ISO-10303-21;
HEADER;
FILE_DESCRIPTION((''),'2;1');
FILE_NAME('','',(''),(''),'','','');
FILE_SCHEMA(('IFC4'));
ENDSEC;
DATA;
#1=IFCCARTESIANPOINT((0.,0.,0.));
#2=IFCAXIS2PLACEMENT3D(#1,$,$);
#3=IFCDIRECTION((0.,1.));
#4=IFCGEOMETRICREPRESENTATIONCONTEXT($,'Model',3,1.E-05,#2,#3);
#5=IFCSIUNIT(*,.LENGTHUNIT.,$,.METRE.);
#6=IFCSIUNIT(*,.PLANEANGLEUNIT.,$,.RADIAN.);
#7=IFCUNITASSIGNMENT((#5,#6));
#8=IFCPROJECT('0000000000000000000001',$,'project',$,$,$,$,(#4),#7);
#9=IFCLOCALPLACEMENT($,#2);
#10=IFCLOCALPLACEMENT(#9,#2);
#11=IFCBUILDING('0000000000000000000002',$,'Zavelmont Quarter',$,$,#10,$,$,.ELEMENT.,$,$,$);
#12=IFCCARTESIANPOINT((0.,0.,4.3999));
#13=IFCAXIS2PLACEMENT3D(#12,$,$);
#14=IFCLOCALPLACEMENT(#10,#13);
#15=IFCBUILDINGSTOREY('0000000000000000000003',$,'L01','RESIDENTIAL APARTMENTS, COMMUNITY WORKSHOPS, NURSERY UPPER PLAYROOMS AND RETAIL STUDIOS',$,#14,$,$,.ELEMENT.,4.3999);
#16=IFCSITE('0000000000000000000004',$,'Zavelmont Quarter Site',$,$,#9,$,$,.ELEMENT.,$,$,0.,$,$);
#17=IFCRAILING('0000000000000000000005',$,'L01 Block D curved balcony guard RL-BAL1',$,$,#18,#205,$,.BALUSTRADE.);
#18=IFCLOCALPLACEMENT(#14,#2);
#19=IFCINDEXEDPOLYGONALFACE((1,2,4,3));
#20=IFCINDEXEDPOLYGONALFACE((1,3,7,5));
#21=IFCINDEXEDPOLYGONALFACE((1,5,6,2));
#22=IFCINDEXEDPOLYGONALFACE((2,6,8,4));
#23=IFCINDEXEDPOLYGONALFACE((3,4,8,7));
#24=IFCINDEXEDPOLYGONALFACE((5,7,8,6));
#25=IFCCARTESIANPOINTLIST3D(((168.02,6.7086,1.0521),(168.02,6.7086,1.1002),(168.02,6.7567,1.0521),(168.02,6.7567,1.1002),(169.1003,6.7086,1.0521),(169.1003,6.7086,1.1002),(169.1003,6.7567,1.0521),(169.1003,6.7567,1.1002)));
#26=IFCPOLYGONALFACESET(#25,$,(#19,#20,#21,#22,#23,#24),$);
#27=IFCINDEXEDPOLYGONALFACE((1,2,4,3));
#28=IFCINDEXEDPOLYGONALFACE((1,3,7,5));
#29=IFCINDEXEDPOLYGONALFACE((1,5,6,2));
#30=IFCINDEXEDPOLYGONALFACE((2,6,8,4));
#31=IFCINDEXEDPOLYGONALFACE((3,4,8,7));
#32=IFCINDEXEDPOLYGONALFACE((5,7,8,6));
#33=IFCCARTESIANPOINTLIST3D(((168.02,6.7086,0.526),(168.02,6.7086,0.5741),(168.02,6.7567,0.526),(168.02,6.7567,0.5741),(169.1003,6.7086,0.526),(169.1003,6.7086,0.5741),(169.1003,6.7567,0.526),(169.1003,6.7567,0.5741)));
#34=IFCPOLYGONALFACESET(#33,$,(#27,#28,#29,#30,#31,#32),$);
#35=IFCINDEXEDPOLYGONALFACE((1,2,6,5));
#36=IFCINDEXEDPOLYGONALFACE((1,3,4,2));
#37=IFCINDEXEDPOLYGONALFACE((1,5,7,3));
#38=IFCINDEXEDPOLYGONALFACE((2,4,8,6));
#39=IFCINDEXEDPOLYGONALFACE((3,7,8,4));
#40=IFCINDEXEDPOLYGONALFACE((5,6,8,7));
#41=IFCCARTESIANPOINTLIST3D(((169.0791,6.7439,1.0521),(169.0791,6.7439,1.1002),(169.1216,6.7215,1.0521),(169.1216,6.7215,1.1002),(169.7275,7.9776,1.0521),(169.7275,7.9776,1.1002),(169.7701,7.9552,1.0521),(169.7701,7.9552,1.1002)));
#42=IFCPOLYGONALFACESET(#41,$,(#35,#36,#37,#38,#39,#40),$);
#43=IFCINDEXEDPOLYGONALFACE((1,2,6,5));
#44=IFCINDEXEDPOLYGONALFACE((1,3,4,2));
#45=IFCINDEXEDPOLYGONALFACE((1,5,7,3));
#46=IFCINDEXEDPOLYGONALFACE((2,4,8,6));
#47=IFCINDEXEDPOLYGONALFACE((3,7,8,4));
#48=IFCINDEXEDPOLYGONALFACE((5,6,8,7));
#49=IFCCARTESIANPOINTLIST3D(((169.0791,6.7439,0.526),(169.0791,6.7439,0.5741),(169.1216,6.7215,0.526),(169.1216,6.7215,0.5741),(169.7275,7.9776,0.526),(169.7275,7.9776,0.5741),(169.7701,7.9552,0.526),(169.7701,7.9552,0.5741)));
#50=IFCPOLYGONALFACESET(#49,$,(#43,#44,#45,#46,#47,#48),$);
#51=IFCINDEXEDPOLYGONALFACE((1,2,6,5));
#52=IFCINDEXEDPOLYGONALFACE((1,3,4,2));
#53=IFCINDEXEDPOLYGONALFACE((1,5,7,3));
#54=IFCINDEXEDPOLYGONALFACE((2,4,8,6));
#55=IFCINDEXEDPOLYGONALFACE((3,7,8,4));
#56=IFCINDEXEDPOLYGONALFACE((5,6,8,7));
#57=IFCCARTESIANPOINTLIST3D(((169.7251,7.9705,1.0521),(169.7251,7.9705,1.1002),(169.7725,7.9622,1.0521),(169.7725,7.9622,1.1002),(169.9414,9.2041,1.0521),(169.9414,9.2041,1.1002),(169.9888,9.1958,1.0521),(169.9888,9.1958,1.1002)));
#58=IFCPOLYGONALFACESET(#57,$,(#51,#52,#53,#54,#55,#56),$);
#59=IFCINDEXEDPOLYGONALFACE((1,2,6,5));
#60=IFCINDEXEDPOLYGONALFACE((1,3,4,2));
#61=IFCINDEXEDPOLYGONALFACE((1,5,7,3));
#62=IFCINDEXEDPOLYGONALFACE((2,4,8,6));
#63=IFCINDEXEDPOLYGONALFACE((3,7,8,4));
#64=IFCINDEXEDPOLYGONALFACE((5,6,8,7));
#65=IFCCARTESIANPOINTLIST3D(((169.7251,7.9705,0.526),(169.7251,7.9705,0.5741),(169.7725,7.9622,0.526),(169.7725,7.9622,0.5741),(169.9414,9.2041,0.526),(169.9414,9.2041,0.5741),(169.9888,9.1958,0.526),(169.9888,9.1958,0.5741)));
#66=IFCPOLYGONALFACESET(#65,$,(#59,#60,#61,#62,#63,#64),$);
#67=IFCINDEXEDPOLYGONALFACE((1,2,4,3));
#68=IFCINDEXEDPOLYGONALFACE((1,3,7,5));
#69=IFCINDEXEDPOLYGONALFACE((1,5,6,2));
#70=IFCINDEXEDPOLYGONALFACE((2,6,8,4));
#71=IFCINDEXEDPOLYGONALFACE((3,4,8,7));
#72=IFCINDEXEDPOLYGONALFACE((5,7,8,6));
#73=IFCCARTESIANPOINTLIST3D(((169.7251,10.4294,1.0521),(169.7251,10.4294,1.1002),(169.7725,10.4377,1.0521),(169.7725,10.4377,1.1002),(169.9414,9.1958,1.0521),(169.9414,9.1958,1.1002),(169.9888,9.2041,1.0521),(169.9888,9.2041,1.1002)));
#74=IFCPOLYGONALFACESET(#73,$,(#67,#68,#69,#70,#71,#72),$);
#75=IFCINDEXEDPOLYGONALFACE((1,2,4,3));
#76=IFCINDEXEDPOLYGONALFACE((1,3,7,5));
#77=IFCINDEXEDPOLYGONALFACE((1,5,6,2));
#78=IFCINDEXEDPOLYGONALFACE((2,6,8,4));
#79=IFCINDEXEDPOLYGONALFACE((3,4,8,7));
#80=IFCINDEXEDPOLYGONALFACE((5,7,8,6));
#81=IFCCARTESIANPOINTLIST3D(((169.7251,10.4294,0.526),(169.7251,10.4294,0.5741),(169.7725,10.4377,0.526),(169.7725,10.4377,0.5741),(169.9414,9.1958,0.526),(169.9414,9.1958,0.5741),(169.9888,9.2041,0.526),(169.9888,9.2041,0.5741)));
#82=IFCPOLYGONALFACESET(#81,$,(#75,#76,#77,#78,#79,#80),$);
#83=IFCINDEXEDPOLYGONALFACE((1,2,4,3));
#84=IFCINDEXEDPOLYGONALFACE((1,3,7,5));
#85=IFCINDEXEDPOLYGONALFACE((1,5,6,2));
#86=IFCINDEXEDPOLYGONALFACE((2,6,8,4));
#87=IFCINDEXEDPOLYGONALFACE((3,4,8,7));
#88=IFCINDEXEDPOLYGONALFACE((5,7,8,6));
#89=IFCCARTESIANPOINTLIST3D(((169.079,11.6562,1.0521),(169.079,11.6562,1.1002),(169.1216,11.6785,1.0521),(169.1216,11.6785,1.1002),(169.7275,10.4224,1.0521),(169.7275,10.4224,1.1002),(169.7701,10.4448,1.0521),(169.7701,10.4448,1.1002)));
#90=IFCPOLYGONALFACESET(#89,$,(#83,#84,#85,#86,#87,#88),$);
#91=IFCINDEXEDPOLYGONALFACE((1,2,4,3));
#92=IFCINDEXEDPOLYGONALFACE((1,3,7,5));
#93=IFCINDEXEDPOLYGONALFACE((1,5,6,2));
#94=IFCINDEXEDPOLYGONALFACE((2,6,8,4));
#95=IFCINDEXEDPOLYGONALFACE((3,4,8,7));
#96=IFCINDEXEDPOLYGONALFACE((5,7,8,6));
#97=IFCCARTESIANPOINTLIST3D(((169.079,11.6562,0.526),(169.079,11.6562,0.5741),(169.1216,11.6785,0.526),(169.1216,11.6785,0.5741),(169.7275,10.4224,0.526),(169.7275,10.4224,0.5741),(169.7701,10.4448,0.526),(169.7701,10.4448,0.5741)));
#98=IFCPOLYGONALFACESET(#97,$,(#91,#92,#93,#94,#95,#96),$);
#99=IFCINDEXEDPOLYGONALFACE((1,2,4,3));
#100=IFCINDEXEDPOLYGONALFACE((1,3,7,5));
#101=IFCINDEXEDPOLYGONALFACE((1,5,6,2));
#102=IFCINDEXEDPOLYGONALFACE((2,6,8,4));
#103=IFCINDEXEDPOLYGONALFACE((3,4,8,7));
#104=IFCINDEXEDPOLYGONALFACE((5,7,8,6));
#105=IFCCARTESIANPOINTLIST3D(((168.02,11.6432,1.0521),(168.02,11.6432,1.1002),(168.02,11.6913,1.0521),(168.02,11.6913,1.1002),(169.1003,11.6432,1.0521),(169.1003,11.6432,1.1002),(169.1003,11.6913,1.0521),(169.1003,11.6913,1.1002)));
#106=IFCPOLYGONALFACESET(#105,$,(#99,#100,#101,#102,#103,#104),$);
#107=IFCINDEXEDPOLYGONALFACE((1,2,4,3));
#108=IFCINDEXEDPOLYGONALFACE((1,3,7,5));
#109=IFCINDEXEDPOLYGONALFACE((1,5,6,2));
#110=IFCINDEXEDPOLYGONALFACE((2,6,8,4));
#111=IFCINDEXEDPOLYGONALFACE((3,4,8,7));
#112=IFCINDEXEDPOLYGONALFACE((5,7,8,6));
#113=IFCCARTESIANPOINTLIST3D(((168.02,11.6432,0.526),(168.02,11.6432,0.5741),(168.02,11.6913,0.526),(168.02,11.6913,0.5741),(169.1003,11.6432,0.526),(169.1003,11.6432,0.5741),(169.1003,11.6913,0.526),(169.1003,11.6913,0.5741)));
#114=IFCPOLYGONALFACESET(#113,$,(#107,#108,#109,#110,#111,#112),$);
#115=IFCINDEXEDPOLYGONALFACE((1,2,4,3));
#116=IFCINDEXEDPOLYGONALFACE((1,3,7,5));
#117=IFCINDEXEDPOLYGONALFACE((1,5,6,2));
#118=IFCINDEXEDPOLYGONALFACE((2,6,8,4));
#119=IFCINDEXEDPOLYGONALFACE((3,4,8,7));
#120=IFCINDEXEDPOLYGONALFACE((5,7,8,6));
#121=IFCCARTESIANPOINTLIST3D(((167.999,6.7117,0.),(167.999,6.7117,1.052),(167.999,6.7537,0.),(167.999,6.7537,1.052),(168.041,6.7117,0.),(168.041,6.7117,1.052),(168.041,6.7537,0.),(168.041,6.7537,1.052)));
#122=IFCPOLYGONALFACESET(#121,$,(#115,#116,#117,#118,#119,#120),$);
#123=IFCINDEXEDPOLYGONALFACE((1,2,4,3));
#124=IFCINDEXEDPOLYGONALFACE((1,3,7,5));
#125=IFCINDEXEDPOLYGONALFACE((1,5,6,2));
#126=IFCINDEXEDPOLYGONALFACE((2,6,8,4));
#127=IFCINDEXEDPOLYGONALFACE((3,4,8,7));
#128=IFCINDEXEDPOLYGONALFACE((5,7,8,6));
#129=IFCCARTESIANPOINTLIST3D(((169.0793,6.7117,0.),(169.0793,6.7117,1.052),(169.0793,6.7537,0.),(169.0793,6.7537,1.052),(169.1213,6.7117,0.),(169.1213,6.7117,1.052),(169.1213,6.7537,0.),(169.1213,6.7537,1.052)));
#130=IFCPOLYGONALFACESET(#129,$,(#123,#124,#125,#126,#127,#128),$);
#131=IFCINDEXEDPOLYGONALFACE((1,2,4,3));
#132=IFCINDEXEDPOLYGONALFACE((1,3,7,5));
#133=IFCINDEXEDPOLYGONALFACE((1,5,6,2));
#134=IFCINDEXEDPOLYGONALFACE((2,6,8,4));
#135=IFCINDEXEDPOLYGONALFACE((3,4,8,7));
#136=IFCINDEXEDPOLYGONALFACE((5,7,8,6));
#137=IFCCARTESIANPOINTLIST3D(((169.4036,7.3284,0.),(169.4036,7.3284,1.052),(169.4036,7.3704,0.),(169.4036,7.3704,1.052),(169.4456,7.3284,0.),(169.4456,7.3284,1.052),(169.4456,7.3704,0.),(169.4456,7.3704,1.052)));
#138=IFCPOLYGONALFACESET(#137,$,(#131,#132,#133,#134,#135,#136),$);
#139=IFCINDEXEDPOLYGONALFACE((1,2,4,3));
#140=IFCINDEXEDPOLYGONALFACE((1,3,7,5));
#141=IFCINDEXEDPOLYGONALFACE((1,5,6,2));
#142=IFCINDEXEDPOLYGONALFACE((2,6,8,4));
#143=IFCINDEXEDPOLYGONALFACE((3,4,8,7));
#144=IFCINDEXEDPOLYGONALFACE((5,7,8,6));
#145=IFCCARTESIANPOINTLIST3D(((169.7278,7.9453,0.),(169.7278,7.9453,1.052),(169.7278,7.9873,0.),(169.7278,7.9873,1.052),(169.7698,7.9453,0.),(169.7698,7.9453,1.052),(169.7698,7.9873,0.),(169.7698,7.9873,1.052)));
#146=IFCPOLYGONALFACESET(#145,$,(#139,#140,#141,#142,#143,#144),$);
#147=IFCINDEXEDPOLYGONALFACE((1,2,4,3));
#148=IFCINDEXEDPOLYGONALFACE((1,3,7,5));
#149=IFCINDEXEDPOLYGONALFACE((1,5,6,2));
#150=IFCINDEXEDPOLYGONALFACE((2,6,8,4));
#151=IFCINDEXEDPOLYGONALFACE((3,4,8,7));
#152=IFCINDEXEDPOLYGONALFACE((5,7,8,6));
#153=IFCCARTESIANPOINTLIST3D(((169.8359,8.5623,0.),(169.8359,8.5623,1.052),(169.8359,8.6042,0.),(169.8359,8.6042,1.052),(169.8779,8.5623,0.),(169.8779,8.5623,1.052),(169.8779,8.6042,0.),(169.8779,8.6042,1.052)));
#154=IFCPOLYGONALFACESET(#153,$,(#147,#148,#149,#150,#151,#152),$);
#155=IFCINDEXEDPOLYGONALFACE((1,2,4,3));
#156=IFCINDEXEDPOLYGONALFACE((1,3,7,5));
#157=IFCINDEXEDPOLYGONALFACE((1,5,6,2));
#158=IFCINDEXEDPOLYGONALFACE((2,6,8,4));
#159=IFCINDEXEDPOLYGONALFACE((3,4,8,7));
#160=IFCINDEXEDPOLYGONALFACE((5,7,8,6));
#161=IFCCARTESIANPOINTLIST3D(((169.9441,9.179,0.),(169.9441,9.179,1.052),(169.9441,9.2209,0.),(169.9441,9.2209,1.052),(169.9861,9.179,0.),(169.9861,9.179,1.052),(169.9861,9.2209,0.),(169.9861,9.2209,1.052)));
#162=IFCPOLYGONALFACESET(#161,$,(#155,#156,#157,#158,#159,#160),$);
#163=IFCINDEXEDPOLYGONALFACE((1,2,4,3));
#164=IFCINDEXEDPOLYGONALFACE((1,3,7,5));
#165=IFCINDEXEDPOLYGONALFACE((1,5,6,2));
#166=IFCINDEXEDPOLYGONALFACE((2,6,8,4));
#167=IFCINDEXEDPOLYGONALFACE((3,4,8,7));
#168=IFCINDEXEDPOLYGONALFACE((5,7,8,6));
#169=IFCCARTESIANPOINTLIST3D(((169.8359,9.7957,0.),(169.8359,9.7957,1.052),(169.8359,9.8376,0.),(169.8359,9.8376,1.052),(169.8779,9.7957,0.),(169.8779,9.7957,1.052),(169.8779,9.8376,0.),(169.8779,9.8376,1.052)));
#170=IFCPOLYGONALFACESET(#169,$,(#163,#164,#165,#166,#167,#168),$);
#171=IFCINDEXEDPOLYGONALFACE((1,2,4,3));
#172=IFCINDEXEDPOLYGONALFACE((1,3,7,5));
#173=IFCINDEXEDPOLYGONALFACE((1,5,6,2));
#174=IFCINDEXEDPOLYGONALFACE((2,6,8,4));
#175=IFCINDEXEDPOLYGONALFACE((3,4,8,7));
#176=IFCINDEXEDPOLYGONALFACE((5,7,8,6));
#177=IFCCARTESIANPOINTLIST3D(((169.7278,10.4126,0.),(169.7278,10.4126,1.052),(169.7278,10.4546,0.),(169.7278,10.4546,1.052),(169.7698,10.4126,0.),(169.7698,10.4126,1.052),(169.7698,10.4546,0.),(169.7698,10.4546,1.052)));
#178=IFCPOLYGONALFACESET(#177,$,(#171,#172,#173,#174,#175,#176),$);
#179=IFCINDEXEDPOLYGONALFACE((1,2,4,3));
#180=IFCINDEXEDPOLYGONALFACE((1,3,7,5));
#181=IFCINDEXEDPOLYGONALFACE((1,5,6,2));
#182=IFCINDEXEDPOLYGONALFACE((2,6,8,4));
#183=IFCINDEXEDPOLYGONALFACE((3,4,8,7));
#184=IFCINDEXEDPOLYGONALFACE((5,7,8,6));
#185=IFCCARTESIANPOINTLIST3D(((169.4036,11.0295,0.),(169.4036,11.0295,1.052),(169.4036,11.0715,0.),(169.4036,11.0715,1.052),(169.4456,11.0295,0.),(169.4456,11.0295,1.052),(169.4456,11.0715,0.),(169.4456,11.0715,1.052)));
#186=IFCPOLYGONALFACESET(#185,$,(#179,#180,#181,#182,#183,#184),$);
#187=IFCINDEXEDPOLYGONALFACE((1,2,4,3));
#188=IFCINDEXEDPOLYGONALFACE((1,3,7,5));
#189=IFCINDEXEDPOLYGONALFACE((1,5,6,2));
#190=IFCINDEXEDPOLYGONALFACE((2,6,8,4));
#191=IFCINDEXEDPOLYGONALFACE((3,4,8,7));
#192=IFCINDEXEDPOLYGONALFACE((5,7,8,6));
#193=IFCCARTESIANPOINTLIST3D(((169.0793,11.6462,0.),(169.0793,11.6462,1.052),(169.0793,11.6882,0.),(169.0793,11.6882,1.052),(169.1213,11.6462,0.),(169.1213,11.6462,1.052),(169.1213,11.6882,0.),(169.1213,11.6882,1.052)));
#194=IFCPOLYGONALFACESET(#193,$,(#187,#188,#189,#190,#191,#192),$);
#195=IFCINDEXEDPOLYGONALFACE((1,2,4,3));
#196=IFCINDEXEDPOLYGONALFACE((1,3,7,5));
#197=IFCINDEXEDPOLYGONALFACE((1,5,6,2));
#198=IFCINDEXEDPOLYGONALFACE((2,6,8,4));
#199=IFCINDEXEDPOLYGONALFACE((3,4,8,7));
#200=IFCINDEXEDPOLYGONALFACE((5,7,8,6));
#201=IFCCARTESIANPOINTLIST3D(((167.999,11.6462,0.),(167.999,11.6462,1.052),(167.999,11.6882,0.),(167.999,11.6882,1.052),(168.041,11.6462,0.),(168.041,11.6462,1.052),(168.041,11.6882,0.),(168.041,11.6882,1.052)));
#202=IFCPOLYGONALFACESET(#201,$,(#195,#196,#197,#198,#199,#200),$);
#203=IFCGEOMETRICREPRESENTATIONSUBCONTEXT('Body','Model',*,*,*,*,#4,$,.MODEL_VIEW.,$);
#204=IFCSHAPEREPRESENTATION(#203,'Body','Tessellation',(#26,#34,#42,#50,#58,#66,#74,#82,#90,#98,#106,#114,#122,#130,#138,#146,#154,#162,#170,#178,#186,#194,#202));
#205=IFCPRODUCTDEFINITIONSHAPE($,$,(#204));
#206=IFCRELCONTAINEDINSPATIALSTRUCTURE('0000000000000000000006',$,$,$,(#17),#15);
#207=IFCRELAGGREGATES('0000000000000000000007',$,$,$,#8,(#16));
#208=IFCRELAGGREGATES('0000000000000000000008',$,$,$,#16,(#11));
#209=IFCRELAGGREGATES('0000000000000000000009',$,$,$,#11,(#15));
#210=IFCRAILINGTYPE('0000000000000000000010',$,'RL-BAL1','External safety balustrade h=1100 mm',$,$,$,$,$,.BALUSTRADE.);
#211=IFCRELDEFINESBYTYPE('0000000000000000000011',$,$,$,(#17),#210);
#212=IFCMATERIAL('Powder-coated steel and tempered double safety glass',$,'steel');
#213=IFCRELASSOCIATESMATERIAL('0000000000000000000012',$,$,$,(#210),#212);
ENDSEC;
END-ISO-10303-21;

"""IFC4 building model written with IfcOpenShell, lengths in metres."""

from ifc_helpers import new_model, si_unit, direction, frame, origin, origin_2d, place, context, subcontext, project, spatial, rectangle, extrude, material, type_object, element, save


model = new_model("IFC4")

# Units and contexts
model_context = context("Model", 3, precision=1e-05, world=origin(), true_north=direction((0.0, 1.0)))
body_context = subcontext(model_context, "Body", "Model", "MODEL_VIEW")
ifc_project = project(units=[si_unit("LENGTHUNIT", "METRE"), si_unit("PLANEANGLEUNIT", "RADIAN")], contexts=[model_context])

# Site, building, storey
site_placement = place(None, origin())
site = spatial("IfcSite", under=ifc_project, at=site_placement, Name="Zavelmont Quarter Site", CompositionType="ELEMENT", RefElevation=0.0)
building_placement = place(site_placement, origin())
building = spatial("IfcBuilding", under=site, at=building_placement, Name="Zavelmont Quarter", CompositionType="ELEMENT")
storey_placement = place(building_placement, frame((0.0, 0.0, 4.3999)))
storey = spatial("IfcBuildingStorey", under=building, at=storey_placement, Name="L01", Description="RESIDENTIAL APARTMENTS, COMMUNITY WORKSHOPS, NURSERY UPPER PLAYROOMS AND RETAIL STUDIOS", CompositionType="ELEMENT", Elevation=4.3999)

# Railing
ifc_material_1 = material(Name="Powder-coated steel and tempered double safety glass", Category="steel")
railing_type = type_object("IfcRailingType", Name="RL-BAL1", Description="External safety balustrade h=1100 mm", PredefinedType="BALUSTRADE", material=ifc_material_1)
railing_1_placement = place(storey_placement, frame((168.02, 6.7327, 0.0)))
element("IfcRailing", 1, at=railing_1_placement, inside=storey, type_object=railing_type, Name="L01 Block D curved balcony guard RL-BAL1", PredefinedType="BALUSTRADE", context=body_context, shape_type="SweptSolid", body=[
    extrude(rectangle(XDim=0.0481, YDim=0.0481, at=origin_2d()), frame((0.0, 0.0, 1.0762), z_axis=(1.0, 0.0, 0.0), x_axis=(0.0, 1.0, 0.0)), (0.0, 0.0, 1.0), 1.0803),
    extrude(rectangle(XDim=0.0481, YDim=0.0481, at=origin_2d()), frame((0.0, 0.0, 0.55), z_axis=(1.0, 0.0, 0.0), x_axis=(0.0, 1.0, 0.0)), (0.0, 0.0, 1.0), 1.0803),
    extrude(rectangle(XDim=0.0481, YDim=0.0481, at=origin_2d()), frame((1.0803, 0.0, 1.0762), z_axis=(0.46527, 0.885169, 0.0), x_axis=(-0.885169, 0.46527, 0.0)), (0.0, 0.0, 1.0), 1.3938),
    extrude(rectangle(XDim=0.0481, YDim=0.0481, at=origin_2d()), frame((1.0803, 0.0, 0.55), z_axis=(0.46527, 0.885169, 0.0), x_axis=(-0.885169, 0.46527, 0.0)), (0.0, 0.0, 1.0), 1.3938),
    extrude(rectangle(XDim=0.0481, YDim=0.0481, at=origin_2d()), frame((1.7288, 1.2336, 1.0762), z_axis=(0.172707, 0.984973, 0.0), x_axis=(-0.984973, 0.172707, 0.0)), (0.0, 0.0, 1.0), 1.2524),
    extrude(rectangle(XDim=0.0481, YDim=0.0481, at=origin_2d()), frame((1.7288, 1.2336, 0.55), z_axis=(0.172707, 0.984973, 0.0), x_axis=(-0.984973, 0.172707, 0.0)), (0.0, 0.0, 1.0), 1.2524),
    extrude(rectangle(XDim=0.0481, YDim=0.0481, at=origin_2d()), frame((1.9451, 2.4673, 1.0762), z_axis=(-0.172707, 0.984973, 0.0), x_axis=(-0.984973, -0.172707, 0.0)), (0.0, 0.0, 1.0), 1.2524),
    extrude(rectangle(XDim=0.0481, YDim=0.0481, at=origin_2d()), frame((1.9451, 2.4673, 0.55), z_axis=(-0.172707, 0.984973, 0.0), x_axis=(-0.984973, -0.172707, 0.0)), (0.0, 0.0, 1.0), 1.2524),
    extrude(rectangle(XDim=0.0481, YDim=0.0481, at=origin_2d()), frame((1.7288, 3.7009, 1.0762), z_axis=(-0.46527, 0.885169, 0.0), x_axis=(-0.885169, -0.46527, 0.0)), (0.0, 0.0, 1.0), 1.3938),
    extrude(rectangle(XDim=0.0481, YDim=0.0481, at=origin_2d()), frame((1.7288, 3.7009, 0.55), z_axis=(-0.46527, 0.885169, 0.0), x_axis=(-0.885169, -0.46527, 0.0)), (0.0, 0.0, 1.0), 1.3938),
    extrude(rectangle(XDim=0.0481, YDim=0.0481, at=origin_2d()), frame((1.0803, 4.9346, 1.0762), z_axis=(-1.0, 0.0, 0.0), x_axis=(0.0, -1.0, 0.0)), (0.0, 0.0, 1.0), 1.0803),
    extrude(rectangle(XDim=0.0481, YDim=0.0481, at=origin_2d()), frame((1.0803, 4.9346, 0.55), z_axis=(-1.0, 0.0, 0.0), x_axis=(0.0, -1.0, 0.0)), (0.0, 0.0, 1.0), 1.0803),
    extrude(rectangle(XDim=0.042, YDim=0.042, at=origin_2d()), origin(), (0.0, 0.0, 1.0), 1.052),
    extrude(rectangle(XDim=0.042, YDim=0.042, at=origin_2d()), frame((1.0803, 0.0, 0.0)), (0.0, 0.0, 1.0), 1.052),
    extrude(rectangle(XDim=0.042, YDim=0.042, at=origin_2d()), frame((1.4045, 0.6167, 0.0)), (0.0, 0.0, 1.0), 1.052),
    extrude(rectangle(XDim=0.042, YDim=0.042, at=origin_2d()), frame((1.7288, 1.2336, 0.0)), (0.0, 0.0, 1.0), 1.052),
    extrude(rectangle(XDim=0.042, YDim=0.042, at=origin_2d()), frame((1.8369, 1.8506, 0.0)), (0.0, 0.0, 1.0), 1.052),
    extrude(rectangle(XDim=0.042, YDim=0.042, at=origin_2d()), frame((1.9451, 2.4673, 0.0)), (0.0, 0.0, 1.0), 1.052),
    extrude(rectangle(XDim=0.042, YDim=0.042, at=origin_2d()), frame((1.8369, 3.084, 0.0)), (0.0, 0.0, 1.0), 1.052),
    extrude(rectangle(XDim=0.042, YDim=0.042, at=origin_2d()), frame((1.7288, 3.7009, 0.0)), (0.0, 0.0, 1.0), 1.052),
    extrude(rectangle(XDim=0.042, YDim=0.042, at=origin_2d()), frame((1.4045, 4.3179, 0.0)), (0.0, 0.0, 1.0), 1.052),
    extrude(rectangle(XDim=0.042, YDim=0.042, at=origin_2d()), frame((1.0803, 4.9346, 0.0)), (0.0, 0.0, 1.0), 1.052),
    extrude(rectangle(XDim=0.042, YDim=0.042, at=origin_2d()), frame((0.0, 4.9346, 0.0)), (0.0, 0.0, 1.0), 1.052),
])

save(model, "model.ifc")
